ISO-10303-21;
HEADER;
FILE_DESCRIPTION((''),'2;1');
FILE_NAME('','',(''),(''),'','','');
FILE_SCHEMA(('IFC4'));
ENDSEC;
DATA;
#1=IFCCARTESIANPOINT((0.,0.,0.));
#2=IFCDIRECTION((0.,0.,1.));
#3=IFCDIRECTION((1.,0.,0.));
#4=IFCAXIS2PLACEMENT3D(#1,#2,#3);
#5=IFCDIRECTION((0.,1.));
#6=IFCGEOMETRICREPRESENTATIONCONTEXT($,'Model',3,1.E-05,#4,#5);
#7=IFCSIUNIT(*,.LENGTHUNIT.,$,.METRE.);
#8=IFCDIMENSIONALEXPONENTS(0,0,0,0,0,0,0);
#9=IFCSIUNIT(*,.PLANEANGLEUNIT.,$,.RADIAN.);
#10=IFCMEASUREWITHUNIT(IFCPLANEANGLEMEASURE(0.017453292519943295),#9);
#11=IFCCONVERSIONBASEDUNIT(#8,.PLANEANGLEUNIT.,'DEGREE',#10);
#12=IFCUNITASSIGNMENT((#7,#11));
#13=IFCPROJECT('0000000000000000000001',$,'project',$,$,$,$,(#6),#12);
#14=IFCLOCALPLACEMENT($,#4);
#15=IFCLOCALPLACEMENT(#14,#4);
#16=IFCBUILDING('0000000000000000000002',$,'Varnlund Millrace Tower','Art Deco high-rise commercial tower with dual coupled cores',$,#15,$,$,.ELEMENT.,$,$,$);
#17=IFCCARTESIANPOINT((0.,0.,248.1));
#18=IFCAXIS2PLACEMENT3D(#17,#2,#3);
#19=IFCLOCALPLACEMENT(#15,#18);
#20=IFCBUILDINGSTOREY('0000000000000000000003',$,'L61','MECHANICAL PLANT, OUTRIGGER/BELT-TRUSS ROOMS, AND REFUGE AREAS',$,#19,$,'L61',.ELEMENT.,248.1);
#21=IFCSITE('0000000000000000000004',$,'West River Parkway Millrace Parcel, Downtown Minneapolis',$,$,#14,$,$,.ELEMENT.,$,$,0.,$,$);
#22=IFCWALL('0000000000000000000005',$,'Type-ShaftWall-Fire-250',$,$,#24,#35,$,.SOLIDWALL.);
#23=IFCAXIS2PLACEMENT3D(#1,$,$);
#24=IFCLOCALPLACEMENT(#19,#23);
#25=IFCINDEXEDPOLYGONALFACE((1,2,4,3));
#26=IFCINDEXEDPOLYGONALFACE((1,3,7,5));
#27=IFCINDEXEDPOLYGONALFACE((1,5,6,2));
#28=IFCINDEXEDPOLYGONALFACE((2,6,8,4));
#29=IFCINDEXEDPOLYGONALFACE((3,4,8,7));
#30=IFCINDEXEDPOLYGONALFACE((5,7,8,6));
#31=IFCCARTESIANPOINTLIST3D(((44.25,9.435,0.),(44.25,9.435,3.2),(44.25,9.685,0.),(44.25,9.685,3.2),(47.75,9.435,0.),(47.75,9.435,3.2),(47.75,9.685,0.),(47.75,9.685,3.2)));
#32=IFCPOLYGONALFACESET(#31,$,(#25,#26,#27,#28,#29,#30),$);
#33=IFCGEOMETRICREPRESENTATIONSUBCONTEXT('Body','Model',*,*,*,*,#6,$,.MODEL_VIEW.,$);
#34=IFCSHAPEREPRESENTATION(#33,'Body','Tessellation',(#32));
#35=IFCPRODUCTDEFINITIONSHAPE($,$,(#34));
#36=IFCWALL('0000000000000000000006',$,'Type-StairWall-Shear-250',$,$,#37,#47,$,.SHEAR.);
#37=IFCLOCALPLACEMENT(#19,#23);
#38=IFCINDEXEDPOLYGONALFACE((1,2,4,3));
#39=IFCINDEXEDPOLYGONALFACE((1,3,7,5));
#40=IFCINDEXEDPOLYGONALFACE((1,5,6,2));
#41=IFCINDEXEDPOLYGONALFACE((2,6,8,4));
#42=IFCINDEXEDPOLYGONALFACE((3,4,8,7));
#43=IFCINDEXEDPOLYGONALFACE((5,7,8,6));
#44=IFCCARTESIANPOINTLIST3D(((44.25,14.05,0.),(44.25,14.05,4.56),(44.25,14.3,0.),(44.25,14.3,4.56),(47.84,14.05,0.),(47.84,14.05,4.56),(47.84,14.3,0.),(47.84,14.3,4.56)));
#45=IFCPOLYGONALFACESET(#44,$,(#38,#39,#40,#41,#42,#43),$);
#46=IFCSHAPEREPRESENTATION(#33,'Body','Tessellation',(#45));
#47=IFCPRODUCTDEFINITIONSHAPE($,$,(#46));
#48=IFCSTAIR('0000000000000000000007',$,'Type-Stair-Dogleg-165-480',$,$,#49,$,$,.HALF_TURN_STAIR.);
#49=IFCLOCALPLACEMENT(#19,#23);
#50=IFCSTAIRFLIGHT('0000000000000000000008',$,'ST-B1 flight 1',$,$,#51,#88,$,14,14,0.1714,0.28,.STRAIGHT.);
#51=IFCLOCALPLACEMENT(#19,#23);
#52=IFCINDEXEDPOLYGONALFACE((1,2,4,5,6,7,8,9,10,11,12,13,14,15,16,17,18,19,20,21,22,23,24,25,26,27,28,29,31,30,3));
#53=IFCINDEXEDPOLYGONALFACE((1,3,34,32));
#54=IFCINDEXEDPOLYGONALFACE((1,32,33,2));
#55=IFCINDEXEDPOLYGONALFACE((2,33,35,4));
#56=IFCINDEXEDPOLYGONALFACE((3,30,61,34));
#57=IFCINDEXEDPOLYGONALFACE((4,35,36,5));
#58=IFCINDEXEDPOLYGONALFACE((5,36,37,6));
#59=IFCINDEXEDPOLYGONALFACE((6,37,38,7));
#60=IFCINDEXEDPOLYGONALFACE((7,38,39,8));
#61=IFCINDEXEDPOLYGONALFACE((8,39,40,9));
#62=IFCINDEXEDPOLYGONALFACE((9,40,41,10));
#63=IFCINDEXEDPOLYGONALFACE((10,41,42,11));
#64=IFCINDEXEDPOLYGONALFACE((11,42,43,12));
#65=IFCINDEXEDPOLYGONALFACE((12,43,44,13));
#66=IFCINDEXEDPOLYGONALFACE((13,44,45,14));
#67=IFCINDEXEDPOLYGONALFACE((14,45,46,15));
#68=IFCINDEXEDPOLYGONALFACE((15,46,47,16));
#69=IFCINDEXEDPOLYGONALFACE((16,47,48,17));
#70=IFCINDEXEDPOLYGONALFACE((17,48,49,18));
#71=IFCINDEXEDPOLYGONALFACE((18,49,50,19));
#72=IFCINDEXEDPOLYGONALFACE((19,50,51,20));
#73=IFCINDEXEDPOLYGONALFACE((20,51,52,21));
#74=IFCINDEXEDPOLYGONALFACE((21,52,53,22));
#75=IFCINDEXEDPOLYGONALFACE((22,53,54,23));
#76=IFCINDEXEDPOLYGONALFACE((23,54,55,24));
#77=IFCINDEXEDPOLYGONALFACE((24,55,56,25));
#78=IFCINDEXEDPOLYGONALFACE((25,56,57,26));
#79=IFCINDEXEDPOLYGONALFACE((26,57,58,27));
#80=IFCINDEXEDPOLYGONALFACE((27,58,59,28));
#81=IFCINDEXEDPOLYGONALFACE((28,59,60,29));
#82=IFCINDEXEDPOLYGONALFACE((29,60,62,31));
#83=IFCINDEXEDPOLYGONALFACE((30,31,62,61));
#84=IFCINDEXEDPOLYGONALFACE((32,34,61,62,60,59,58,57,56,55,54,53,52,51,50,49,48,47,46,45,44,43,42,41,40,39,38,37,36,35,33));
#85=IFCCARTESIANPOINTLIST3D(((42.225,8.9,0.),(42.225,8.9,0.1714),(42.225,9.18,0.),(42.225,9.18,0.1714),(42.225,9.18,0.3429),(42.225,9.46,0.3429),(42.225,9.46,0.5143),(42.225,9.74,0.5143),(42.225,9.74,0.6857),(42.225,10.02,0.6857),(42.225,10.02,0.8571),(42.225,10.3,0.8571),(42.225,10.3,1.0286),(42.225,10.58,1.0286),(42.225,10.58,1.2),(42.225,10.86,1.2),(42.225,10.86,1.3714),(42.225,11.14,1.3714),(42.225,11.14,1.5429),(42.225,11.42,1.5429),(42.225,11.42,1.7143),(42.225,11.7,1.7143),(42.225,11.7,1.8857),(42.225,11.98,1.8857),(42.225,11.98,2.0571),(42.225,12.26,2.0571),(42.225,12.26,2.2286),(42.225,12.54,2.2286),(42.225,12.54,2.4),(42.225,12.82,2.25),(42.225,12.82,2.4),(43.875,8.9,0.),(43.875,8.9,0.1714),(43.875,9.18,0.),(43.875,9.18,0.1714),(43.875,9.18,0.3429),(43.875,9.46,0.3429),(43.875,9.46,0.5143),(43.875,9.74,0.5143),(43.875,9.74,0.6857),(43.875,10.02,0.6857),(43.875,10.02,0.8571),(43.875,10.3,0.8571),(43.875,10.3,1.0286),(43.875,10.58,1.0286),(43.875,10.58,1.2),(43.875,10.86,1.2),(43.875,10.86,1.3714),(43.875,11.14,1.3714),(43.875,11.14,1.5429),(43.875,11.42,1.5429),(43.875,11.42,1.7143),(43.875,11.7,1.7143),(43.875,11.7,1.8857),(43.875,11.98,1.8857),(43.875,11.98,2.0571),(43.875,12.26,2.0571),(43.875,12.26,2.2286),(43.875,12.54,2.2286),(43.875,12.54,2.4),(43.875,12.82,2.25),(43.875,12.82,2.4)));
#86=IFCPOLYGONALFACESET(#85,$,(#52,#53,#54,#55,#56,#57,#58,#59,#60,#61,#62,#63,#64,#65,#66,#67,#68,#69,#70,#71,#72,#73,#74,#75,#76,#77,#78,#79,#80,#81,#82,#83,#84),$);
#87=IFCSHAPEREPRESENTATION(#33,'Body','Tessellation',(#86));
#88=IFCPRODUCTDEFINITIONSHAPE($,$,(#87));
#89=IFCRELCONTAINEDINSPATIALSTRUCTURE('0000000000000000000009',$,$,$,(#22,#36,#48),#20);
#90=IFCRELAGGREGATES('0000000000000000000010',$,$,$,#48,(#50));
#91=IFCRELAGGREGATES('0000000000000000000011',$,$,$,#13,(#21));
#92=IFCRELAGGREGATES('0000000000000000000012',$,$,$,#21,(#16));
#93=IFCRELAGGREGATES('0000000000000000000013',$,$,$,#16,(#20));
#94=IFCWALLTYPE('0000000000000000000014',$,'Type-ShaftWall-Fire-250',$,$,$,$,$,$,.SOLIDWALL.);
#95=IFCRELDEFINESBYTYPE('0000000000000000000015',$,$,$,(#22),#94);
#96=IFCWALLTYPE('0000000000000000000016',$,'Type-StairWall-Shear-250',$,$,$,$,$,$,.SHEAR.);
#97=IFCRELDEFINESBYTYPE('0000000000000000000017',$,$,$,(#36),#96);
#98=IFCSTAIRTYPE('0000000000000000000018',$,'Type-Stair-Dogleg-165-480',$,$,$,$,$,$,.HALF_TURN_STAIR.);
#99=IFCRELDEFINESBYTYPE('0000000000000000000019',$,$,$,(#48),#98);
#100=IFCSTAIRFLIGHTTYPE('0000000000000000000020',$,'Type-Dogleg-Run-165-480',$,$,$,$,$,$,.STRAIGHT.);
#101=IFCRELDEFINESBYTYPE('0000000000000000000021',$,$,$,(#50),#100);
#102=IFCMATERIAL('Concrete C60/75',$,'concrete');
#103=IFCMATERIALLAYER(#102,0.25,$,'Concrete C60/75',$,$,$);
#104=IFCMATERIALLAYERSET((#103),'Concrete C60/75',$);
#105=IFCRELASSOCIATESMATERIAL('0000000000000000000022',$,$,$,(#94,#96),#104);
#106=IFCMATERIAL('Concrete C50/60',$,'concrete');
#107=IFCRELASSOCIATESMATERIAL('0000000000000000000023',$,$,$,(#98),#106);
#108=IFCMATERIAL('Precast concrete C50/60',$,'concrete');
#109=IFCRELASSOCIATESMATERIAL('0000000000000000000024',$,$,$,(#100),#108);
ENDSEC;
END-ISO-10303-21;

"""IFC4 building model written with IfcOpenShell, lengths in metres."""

from ifc_helpers import new_model, entity, si_unit, converted_unit, direction, frame, origin_with_axes, place, context, subcontext, project, spatial, polyline, outline, extrude, material, layer, layer_set, type_object, element, aggregate, save


model = new_model("IFC4")

# Units and contexts
model_context = context("Model", 3, precision=1e-05, world=origin_with_axes(), true_north=direction((0.0, 1.0)))
body_context = subcontext(model_context, "Body", "Model", "MODEL_VIEW")
ifc_project = project(units=[si_unit("LENGTHUNIT", "METRE"), converted_unit("PLANEANGLEUNIT", "DEGREE", entity("IfcPlaneAngleMeasure", 0.017453292519943295), si_unit("PLANEANGLEUNIT", "RADIAN"), dimensions=[0, 0, 0, 0, 0, 0, 0])], contexts=[model_context])

# Site, building, storey
site_placement = place(None, origin_with_axes())
site = spatial("IfcSite", under=ifc_project, at=site_placement, Name="West River Parkway Millrace Parcel, Downtown Minneapolis", CompositionType="ELEMENT", RefElevation=0.0)
building_placement = place(site_placement, origin_with_axes())
building = spatial("IfcBuilding", under=site, at=building_placement, Name="Varnlund Millrace Tower", Description="Art Deco high-rise commercial tower with dual coupled cores", CompositionType="ELEMENT")
storey_placement = place(building_placement, frame((0.0, 0.0, 248.1), z_axis=(0.0, 0.0, 1.0), x_axis=(1.0, 0.0, 0.0)))
storey = spatial("IfcBuildingStorey", under=building, at=storey_placement, Name="L61", Description="MECHANICAL PLANT, OUTRIGGER/BELT-TRUSS ROOMS, AND REFUGE AREAS", LongName="L61", CompositionType="ELEMENT", Elevation=248.1)

# Shared definitions
ifc_material_1 = material(Name="Concrete C60/75", Category="concrete")
ifc_layer_1 = layer(ifc_material_1, 0.25, Name="Concrete C60/75")
ifc_layer_set_1 = layer_set([ifc_layer_1], Name="Concrete C60/75")
wall_type_1 = type_object("IfcWallType", Name="Type-ShaftWall-Fire-250", PredefinedType="SOLIDWALL", material=ifc_layer_set_1)

# Walls
wall_1_placement = place(storey_placement, frame((44.25, 9.56, 0.0), z_axis=(0.0, 0.0, 1.0), x_axis=(1.0, 0.0, 0.0)))
element("IfcWall", 1, at=wall_1_placement, inside=storey, type_object=wall_type_1, Name="Type-ShaftWall-Fire-250", PredefinedType="SOLIDWALL", context=body_context, shape_type="SweptSolid", body=[
    extrude(outline(polyline([(0.0, -0.125), (3.5, -0.125), (3.5, 0.125), (0.0, 0.125), (0.0, -0.125)])), origin_with_axes(), (0.0, 0.0, 1.0), 3.2),
])
wall_type_2 = type_object("IfcWallType", Name="Type-StairWall-Shear-250", PredefinedType="SHEAR", material=ifc_layer_set_1)
wall_2_placement = place(storey_placement, frame((44.25, 14.175, 0.0), z_axis=(0.0, 0.0, 1.0), x_axis=(1.0, 0.0, 0.0)))
element("IfcWall", 2, at=wall_2_placement, inside=storey, type_object=wall_type_2, Name="Type-StairWall-Shear-250", PredefinedType="SHEAR", context=body_context, shape_type="SweptSolid", body=[
    extrude(outline(polyline([(0.0, -0.125), (3.59, -0.125), (3.59, 0.125), (0.0, 0.125), (0.0, -0.125)])), origin_with_axes(), (0.0, 0.0, 1.0), 4.56),
])

# Stair, stair flight
ifc_material_2 = material(Name="Concrete C50/60", Category="concrete")
stair_type = type_object("IfcStairType", Name="Type-Stair-Dogleg-165-480", PredefinedType="HALF_TURN_STAIR", material=ifc_material_2)
stair_placement = place(storey_placement, origin_with_axes())
stair = element("IfcStair", 3, at=stair_placement, inside=storey, type_object=stair_type, Name="Type-Stair-Dogleg-165-480", PredefinedType="HALF_TURN_STAIR")
ifc_material_3 = material(Name="Precast concrete C50/60", Category="concrete")
stair_flight_type = type_object("IfcStairFlightType", Name="Type-Dogleg-Run-165-480", PredefinedType="STRAIGHT", material=ifc_material_3)
stair_flight_placement = place(storey_placement, frame((42.225, 8.9, 0.0), z_axis=(1.0, 0.0, 0.0), x_axis=(0.0, 1.0, 0.0)))
stair_flight = element("IfcStairFlight", 4, at=stair_flight_placement, type_object=stair_flight_type, Name="ST-B1 flight 1", NumberOfRisers=14, NumberOfTreads=14, PredefinedType="STRAIGHT", RiserHeight=0.1714, TreadLength=0.28, context=body_context, shape_type="SweptSolid", body=[
    extrude(outline(polyline([(0.0, 0.0), (0.0, 0.1714), (0.28, 0.1714), (0.28, 0.3429), (0.56, 0.3429), (0.56, 0.5143), (0.84, 0.5143), (0.84, 0.6857), (1.12, 0.6857), (1.12, 0.8571), (1.4, 0.8571), (1.4, 1.0286), (1.68, 1.0286), (1.68, 1.2), (1.96, 1.2), (1.96, 1.3714), (2.24, 1.3714), (2.24, 1.5429), (2.52, 1.5429), (2.52, 1.7143), (2.8, 1.7143), (2.8, 1.8857), (3.08, 1.8857), (3.08, 2.0571), (3.36, 2.0571), (3.36, 2.2286), (3.64, 2.2286), (3.64, 2.4), (3.92, 2.4), (3.92, 2.25), (0.28, 0.0), (0.0, 0.0)])), origin_with_axes(), (0.0, 0.0, 1.0), 1.65),
])
aggregate(stair, [stair_flight])

save(model, "model.ifc")
